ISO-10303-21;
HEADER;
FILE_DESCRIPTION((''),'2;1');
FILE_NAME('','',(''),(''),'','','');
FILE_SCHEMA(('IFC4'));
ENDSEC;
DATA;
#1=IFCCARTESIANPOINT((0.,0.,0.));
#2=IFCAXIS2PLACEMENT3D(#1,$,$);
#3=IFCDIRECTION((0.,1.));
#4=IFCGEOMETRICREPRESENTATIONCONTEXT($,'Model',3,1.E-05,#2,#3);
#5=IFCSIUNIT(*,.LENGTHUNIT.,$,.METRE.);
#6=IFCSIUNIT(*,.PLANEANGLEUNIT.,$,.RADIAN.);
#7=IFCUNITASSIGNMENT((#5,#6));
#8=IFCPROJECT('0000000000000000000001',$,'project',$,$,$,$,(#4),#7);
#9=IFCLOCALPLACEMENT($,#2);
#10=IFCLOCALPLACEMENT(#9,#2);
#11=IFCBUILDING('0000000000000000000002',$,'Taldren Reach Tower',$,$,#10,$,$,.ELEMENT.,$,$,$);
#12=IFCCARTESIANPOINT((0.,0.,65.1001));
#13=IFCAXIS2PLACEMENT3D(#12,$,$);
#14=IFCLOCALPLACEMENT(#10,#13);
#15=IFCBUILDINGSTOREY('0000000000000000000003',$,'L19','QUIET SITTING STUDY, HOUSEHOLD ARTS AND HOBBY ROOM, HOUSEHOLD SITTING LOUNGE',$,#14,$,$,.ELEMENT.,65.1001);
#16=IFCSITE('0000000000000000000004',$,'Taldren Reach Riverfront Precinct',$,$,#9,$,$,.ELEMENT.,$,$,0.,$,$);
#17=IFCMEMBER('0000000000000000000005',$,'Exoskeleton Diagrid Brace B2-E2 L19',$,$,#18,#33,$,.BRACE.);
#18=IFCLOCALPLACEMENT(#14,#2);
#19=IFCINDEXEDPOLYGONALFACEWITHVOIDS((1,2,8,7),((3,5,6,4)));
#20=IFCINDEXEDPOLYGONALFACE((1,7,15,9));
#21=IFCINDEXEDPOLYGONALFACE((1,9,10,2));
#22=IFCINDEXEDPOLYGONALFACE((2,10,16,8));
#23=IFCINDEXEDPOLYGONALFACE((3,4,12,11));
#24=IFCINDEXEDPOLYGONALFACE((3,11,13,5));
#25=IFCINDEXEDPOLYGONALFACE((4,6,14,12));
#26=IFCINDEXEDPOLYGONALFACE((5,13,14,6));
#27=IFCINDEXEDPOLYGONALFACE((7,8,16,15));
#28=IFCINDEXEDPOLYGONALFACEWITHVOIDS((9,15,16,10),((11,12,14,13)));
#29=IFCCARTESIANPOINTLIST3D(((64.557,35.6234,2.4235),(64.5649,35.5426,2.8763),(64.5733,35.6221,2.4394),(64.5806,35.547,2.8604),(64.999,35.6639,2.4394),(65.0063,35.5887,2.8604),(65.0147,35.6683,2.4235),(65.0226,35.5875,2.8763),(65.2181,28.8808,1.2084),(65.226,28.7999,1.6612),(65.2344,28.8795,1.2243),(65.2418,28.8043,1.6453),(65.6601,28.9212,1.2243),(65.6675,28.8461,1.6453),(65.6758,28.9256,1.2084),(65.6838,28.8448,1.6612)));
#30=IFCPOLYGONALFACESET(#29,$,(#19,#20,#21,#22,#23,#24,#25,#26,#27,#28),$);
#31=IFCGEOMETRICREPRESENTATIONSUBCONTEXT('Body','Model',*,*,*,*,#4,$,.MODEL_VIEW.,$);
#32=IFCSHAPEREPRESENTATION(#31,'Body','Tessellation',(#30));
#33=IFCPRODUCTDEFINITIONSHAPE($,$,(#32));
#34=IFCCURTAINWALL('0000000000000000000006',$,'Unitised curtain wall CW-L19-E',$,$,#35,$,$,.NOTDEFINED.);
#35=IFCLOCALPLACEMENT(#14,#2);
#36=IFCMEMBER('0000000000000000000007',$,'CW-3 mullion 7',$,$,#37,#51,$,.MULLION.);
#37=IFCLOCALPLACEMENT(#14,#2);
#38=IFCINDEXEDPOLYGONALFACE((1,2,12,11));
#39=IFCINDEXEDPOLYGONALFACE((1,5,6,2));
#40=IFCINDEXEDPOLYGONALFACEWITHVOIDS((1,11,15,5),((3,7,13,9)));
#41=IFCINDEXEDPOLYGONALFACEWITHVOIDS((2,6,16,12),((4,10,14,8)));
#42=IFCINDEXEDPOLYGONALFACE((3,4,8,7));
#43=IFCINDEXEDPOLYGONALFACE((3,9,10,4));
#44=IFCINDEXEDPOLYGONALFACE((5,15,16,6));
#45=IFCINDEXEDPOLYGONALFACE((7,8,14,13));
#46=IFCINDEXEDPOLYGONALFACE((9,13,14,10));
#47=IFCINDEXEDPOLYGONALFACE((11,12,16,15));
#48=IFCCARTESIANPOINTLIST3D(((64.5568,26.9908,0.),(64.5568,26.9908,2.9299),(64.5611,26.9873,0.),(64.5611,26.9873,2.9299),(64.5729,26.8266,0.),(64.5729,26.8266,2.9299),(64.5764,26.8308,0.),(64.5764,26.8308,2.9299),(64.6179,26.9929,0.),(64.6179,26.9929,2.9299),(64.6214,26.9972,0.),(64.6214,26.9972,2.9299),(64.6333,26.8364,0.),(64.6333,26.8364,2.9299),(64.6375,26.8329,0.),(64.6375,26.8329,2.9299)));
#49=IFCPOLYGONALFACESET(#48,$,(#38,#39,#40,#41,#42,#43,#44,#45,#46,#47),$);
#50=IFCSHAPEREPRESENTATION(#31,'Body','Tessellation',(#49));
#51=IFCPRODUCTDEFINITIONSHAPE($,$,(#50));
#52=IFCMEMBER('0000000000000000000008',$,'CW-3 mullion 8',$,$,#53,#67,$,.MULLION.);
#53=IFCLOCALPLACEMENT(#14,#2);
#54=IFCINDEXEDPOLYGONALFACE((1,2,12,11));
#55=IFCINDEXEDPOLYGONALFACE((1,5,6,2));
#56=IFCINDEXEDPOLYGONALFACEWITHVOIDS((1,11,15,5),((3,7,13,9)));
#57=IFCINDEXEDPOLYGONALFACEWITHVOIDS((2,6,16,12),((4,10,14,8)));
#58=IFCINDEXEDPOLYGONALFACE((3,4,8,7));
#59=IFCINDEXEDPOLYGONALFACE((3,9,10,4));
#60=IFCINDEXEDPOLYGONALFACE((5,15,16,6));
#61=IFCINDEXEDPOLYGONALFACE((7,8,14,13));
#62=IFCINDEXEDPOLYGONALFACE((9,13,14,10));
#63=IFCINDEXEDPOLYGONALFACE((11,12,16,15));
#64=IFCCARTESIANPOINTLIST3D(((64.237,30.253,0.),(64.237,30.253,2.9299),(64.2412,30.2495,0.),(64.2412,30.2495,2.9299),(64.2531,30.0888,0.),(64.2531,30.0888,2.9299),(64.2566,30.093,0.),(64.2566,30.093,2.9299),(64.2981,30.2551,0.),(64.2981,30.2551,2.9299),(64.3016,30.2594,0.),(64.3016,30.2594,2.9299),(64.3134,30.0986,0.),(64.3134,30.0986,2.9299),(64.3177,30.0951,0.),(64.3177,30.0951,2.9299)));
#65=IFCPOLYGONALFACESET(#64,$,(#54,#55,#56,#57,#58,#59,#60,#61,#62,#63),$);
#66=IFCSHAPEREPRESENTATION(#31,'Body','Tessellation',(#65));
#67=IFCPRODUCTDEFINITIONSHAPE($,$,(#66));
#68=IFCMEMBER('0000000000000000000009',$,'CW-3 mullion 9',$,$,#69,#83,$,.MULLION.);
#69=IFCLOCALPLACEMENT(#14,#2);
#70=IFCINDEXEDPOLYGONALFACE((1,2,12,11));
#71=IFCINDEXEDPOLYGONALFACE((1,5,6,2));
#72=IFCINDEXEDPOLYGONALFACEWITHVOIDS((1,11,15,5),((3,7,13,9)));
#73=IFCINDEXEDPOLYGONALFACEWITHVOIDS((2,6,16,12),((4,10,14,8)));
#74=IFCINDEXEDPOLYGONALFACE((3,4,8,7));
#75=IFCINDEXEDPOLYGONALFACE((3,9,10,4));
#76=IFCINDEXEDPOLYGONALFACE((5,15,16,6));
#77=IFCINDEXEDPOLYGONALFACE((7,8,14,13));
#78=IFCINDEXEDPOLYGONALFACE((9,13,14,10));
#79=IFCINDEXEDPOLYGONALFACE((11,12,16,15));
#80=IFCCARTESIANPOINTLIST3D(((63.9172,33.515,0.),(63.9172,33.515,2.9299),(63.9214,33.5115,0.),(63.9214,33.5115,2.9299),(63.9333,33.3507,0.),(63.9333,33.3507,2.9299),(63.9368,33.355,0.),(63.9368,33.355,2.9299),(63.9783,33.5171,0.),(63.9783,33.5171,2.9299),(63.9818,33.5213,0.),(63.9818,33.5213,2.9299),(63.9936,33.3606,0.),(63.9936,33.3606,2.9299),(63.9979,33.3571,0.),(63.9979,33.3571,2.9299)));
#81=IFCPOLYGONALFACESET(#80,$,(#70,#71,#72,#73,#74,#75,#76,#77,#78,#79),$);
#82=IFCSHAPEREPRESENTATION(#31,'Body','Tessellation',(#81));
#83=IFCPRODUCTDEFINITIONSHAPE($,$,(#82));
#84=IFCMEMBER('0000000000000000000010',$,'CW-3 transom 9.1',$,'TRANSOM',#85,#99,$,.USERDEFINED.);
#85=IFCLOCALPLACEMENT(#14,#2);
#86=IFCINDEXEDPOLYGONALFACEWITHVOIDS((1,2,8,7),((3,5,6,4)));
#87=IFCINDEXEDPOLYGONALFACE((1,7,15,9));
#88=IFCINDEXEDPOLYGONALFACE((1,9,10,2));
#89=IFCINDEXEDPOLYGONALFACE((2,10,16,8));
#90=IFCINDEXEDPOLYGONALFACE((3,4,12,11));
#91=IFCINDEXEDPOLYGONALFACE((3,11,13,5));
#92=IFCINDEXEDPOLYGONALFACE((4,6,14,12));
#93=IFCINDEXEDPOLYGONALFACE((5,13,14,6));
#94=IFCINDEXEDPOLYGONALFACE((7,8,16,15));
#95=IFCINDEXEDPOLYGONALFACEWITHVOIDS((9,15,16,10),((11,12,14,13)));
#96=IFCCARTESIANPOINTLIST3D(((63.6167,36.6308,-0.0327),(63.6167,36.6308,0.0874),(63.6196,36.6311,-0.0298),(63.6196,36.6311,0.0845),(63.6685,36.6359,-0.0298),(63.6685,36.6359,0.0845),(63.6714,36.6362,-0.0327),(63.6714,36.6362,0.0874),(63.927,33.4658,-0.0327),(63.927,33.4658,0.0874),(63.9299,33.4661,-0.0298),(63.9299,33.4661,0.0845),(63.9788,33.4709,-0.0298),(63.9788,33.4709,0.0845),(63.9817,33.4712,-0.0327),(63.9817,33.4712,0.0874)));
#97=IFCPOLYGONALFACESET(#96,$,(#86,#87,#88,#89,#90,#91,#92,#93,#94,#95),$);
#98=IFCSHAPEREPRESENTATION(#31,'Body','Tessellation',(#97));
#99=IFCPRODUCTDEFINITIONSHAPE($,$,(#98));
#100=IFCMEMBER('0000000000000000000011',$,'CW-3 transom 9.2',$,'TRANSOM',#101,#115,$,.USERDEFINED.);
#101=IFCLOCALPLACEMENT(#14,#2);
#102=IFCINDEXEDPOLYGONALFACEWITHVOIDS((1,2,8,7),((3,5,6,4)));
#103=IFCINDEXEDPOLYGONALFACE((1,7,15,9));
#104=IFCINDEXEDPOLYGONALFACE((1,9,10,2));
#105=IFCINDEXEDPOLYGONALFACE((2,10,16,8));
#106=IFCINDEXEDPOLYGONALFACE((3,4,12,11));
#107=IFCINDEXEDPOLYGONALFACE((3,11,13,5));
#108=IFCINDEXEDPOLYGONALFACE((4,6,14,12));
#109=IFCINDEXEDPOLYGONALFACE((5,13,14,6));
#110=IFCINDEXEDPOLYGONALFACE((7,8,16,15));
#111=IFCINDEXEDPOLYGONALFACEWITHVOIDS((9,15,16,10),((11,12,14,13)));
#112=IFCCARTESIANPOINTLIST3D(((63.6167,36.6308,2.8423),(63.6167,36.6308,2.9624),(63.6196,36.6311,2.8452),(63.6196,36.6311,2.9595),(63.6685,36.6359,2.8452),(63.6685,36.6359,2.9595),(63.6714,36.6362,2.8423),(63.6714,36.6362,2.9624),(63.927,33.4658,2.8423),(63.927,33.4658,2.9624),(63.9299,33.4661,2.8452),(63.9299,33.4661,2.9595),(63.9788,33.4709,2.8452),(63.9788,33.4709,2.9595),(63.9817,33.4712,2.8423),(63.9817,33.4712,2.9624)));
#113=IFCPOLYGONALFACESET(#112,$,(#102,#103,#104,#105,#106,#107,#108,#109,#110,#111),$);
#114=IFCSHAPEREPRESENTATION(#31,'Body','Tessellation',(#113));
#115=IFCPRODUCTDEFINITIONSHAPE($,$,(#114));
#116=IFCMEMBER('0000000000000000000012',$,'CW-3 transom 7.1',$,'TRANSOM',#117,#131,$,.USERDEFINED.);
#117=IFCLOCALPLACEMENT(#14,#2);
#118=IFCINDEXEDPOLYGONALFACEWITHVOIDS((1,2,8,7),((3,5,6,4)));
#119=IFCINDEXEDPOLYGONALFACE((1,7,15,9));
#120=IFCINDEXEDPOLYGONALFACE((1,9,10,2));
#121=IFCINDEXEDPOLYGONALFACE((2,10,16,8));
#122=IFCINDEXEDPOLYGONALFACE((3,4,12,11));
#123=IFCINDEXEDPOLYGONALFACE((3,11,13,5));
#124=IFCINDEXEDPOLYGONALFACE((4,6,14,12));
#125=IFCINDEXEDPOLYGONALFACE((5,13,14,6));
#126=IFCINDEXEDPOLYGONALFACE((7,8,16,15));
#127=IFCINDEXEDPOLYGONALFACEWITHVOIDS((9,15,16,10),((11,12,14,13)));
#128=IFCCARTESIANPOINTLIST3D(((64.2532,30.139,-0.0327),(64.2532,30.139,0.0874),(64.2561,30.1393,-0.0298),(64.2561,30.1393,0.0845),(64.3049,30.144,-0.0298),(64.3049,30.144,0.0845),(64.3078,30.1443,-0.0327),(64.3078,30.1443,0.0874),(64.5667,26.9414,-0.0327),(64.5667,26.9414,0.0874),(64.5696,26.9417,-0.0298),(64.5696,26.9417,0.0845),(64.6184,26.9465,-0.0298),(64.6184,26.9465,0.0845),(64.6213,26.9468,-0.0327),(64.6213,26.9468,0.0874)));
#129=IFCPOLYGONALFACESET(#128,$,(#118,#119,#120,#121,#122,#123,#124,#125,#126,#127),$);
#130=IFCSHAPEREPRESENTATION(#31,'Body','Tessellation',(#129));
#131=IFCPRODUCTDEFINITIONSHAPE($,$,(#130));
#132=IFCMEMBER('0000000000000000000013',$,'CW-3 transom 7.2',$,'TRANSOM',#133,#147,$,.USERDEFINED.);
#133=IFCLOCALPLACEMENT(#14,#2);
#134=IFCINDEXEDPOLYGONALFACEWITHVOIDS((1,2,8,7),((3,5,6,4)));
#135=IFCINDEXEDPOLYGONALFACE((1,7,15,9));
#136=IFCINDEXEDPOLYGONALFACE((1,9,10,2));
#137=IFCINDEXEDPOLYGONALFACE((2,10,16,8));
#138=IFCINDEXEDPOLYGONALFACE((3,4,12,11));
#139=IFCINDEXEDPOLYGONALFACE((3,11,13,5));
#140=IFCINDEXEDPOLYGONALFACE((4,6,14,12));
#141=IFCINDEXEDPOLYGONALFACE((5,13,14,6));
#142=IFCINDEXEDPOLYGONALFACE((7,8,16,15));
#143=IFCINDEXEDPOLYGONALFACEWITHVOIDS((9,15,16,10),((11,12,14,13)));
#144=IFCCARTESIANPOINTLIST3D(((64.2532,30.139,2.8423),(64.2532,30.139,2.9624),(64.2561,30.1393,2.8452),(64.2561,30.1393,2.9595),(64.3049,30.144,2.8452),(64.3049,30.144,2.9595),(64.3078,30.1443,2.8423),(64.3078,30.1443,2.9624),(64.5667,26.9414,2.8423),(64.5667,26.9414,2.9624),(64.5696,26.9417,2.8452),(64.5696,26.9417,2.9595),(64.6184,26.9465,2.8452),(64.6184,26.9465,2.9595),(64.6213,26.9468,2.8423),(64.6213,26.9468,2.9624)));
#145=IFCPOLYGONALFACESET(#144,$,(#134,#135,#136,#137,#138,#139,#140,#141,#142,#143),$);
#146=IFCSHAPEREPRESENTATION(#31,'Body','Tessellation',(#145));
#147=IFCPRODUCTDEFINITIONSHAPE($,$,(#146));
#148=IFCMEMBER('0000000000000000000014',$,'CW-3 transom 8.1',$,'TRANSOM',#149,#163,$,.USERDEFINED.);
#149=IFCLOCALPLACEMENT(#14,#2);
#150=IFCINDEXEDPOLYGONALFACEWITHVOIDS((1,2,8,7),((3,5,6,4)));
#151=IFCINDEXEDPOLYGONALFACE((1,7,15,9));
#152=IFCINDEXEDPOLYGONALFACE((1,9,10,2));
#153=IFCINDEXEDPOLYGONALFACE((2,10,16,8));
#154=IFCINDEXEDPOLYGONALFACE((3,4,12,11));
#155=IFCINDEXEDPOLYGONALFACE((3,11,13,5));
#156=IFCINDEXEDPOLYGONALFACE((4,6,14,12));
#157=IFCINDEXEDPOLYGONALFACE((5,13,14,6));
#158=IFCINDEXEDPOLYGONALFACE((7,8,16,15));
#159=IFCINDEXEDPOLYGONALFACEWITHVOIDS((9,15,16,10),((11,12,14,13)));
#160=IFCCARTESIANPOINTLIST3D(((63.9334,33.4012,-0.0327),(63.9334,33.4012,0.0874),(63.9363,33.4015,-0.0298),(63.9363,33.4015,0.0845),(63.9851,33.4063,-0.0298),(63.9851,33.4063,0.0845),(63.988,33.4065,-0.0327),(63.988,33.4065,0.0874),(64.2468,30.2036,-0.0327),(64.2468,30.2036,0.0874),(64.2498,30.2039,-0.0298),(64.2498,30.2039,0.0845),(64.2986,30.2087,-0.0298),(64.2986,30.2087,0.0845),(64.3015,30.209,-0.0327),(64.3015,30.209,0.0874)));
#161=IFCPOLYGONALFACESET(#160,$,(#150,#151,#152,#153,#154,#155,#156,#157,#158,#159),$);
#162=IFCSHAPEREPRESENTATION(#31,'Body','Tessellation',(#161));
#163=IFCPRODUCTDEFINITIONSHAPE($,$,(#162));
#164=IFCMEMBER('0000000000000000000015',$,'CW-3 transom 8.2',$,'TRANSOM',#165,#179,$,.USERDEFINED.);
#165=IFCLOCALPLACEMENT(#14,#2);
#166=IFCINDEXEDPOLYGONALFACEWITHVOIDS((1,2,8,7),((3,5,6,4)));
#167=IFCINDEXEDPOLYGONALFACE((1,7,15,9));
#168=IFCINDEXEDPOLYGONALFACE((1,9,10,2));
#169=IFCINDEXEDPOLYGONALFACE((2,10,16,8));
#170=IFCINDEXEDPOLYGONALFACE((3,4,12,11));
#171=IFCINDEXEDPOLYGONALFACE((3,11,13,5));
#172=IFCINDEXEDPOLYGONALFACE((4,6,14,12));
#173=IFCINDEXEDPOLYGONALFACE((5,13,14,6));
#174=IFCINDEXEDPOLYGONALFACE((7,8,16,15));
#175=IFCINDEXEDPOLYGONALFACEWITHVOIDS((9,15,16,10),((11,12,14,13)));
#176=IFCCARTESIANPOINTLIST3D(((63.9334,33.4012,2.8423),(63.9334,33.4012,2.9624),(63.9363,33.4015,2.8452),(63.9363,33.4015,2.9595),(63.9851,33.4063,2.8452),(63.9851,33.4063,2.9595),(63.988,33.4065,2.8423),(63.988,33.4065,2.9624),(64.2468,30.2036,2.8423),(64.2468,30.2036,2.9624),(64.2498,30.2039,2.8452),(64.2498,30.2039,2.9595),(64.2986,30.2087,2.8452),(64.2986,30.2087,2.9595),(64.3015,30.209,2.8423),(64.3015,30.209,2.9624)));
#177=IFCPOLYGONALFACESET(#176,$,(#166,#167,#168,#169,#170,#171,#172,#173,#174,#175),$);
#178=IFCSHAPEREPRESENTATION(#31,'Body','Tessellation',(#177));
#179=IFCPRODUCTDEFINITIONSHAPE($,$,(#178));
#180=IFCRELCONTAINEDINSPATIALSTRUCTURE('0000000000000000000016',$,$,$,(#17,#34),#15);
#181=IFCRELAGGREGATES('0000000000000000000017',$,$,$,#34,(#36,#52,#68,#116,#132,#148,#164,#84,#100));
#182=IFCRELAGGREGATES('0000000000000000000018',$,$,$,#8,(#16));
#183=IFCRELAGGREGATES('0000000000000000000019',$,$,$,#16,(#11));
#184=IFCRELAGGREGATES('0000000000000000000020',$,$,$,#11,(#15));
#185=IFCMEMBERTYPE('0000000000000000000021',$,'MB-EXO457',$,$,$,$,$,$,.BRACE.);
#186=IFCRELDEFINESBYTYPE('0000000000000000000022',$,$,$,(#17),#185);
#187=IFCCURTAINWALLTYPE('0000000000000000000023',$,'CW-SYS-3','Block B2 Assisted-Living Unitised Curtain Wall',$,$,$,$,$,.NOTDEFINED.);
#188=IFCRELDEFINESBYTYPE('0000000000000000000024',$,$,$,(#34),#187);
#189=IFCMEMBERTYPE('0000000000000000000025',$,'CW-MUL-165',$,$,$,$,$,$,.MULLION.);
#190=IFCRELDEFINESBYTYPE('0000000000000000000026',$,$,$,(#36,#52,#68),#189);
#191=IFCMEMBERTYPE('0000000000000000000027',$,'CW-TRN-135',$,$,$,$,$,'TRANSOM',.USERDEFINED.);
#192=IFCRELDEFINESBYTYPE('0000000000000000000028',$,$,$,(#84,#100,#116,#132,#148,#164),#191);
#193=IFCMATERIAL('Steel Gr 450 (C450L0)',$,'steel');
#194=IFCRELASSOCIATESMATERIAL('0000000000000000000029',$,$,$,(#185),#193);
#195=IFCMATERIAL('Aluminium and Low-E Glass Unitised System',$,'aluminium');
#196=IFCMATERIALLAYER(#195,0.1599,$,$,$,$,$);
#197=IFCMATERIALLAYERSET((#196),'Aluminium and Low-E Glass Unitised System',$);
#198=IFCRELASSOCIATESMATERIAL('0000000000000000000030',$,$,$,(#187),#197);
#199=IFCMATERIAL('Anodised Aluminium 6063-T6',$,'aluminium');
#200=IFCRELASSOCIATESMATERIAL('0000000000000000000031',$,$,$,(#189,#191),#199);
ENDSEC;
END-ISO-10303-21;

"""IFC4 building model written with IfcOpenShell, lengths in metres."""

from ifc_helpers import new_model, si_unit, direction, frame, origin, origin_2d, place, context, subcontext, project, spatial, hollow_rectangle, extrude, source, transform, mapped, material, layer, layer_set, material_profile, profile_set, type_object, element, aggregate, save


model = new_model("IFC4")

# Units and contexts
model_context = context("Model", 3, precision=1e-05, world=origin(), true_north=direction((0.0, 1.0)))
body_context = subcontext(model_context, "Body", "Model", "MODEL_VIEW")
ifc_project = project(units=[si_unit("LENGTHUNIT", "METRE"), si_unit("PLANEANGLEUNIT", "RADIAN")], contexts=[model_context])

# Site, building, storey
site_placement = place(None, origin())
site = spatial("IfcSite", under=ifc_project, at=site_placement, Name="Taldren Reach Riverfront Precinct", CompositionType="ELEMENT", RefElevation=0.0)
building_placement = place(site_placement, origin())
building = spatial("IfcBuilding", under=site, at=building_placement, Name="Taldren Reach Tower", CompositionType="ELEMENT")
storey_placement = place(building_placement, frame((0.0, 0.0, 65.1001)))
storey = spatial("IfcBuildingStorey", under=building, at=storey_placement, Name="L19", Description="QUIET SITTING STUDY, HOUSEHOLD ARTS AND HOBBY ROOM, HOUSEHOLD SITTING LOUNGE", CompositionType="ELEMENT", Elevation=65.1001)

# Member
ifc_material_1 = material(Name="Steel Gr 450 (C450L0)", Category="steel")
ifc_material_profile_1 = material_profile(ifc_material_1, hollow_rectangle(XDim=0.46, YDim=0.46, WallThickness=0.0161, at=origin_2d()), Name="460x460x16.0SHS")
ifc_profile_set_1 = profile_set([ifc_material_profile_1], Name="Steel Gr 450 (C450L0)")
member_type_1 = type_object("IfcMemberType", Name="MB-EXO457", PredefinedType="BRACE", material=ifc_profile_set_1)
shared_shape_1 = source(origin(), body_context, "Body", "SweptSolid", [
    extrude(hollow_rectangle(XDim=0.46, YDim=0.46, WallThickness=0.0161, at=origin_2d()), origin(), (0.0, 0.0, 1.0), 6.8831),
])
member_1_placement = place(storey_placement, frame((65.4509, 28.8628, 1.4348), z_axis=(-0.096051, 0.979597, 0.176532), x_axis=(-0.995227, -0.097584, 0.0)))
element("IfcMember", 1, at=member_1_placement, inside=storey, type_object=member_type_1, Name="Exoskeleton Diagrid Brace B2-E2 L19", PredefinedType="BRACE", context=body_context, shape_type="MappedRepresentation", body=[
    mapped(shared_shape_1, transform((0.0, 0.0, 0.0), scale=1.0)),
])

# Curtain wall, members
ifc_material_2 = material(Name="Aluminium and Low-E Glass Unitised System", Category="aluminium")
ifc_layer_1 = layer(ifc_material_2, 0.1599)
ifc_layer_set_1 = layer_set([ifc_layer_1], Name="Aluminium and Low-E Glass Unitised System")
curtain_wall_type = type_object("IfcCurtainWallType", Name="CW-SYS-3", Description="Block B2 Assisted-Living Unitised Curtain Wall", PredefinedType="NOTDEFINED", material=ifc_layer_set_1)
curtain_wall_placement = place(storey_placement, origin())
curtain_wall = element("IfcCurtainWall", 2, at=curtain_wall_placement, inside=storey, type_object=curtain_wall_type, Name="Unitised curtain wall CW-L19-E", PredefinedType="NOTDEFINED")
ifc_material_3 = material(Name="Anodised Aluminium 6063-T6", Category="aluminium")
ifc_material_profile_2 = material_profile(ifc_material_3, hollow_rectangle(XDim=0.0649, YDim=0.165, WallThickness=0.0039, at=origin_2d()), Name="ALU-165x65x4RHS")
ifc_profile_set_2 = profile_set([ifc_material_profile_2], Name="Anodised Aluminium 6063-T6")
member_type_2 = type_object("IfcMemberType", Name="CW-MUL-165", PredefinedType="MULLION", material=ifc_profile_set_2)
shared_shape_2 = source(origin(), body_context, "Body", "SweptSolid", [
    extrude(hollow_rectangle(XDim=0.0649, YDim=0.165, WallThickness=0.0039, at=origin_2d()), origin(), (0.0, 0.0, 1.0), 2.9299),
])
member_2_placement = place(storey_placement, frame((64.5972, 26.9119, 0.0), z_axis=(0.0, 0.0, 1.0), x_axis=(-0.995227, -0.097583, 0.0)))
member_2 = element("IfcMember", 3, at=member_2_placement, type_object=member_type_2, Name="CW-3 mullion 7", PredefinedType="MULLION", context=body_context, shape_type="MappedRepresentation", body=[
    mapped(shared_shape_2, transform((0.0, 0.0, 0.0), scale=1.0)),
])
member_3_placement = place(storey_placement, frame((64.2773, 30.1741, 0.0), z_axis=(0.0, 0.0, 1.0), x_axis=(-0.995227, -0.097583, 0.0)))
member_3 = element("IfcMember", 4, at=member_3_placement, type_object=member_type_2, Name="CW-3 mullion 8", PredefinedType="MULLION", context=body_context, shape_type="MappedRepresentation", body=[
    mapped(shared_shape_2, transform((0.0, 0.0, 0.0), scale=1.0)),
])
member_4_placement = place(storey_placement, frame((63.9575, 33.436, 0.0), z_axis=(0.0, 0.0, 1.0), x_axis=(-0.995227, -0.097583, 0.0)))
member_4 = element("IfcMember", 5, at=member_4_placement, type_object=member_type_2, Name="CW-3 mullion 9", PredefinedType="MULLION", context=body_context, shape_type="MappedRepresentation", body=[
    mapped(shared_shape_2, transform((0.0, 0.0, 0.0), scale=1.0)),
])
ifc_material_profile_3 = material_profile(ifc_material_3, hollow_rectangle(XDim=0.0549, YDim=0.1201, WallThickness=0.0029, at=origin_2d()), Name="ALU-120x55x3RHS")
ifc_profile_set_3 = profile_set([ifc_material_profile_3], Name="Anodised Aluminium 6063-T6")
member_type_3 = type_object("IfcMemberType", Name="CW-TRN-135", ElementType="TRANSOM", PredefinedType="USERDEFINED", material=ifc_profile_set_3)
shared_shape_3 = source(origin(), body_context, "Body", "SweptSolid", [
    extrude(hollow_rectangle(XDim=0.0549, YDim=0.1201, WallThickness=0.0029, at=origin_2d()), origin(), (0.0, 0.0, 1.0), 3.1802),
])
member_5_placement = place(storey_placement, frame((63.9543, 33.4685, 0.0273), z_axis=(-0.097573, 0.995228, 0.0), x_axis=(-0.995228, -0.097573, 0.0)))
member_5 = element("IfcMember", 6, at=member_5_placement, type_object=member_type_3, Name="CW-3 transom 9.1", ObjectType="TRANSOM", PredefinedType="USERDEFINED", context=body_context, shape_type="MappedRepresentation", body=[
    mapped(shared_shape_3, transform((0.0, 0.0, 0.0), scale=1.0)),
])
member_6_placement = place(storey_placement, frame((63.9543, 33.4685, 2.9023), z_axis=(-0.097573, 0.995228, 0.0), x_axis=(-0.995228, -0.097573, 0.0)))
member_6 = element("IfcMember", 7, at=member_6_placement, type_object=member_type_3, Name="CW-3 transom 9.2", ObjectType="TRANSOM", PredefinedType="USERDEFINED", context=body_context, shape_type="MappedRepresentation", body=[
    mapped(shared_shape_3, transform((0.0, 0.0, 0.0), scale=1.0)),
])
shared_shape_4 = source(origin(), body_context, "Body", "SweptSolid", [
    extrude(hollow_rectangle(XDim=0.0549, YDim=0.1201, WallThickness=0.0029, at=origin_2d()), origin(), (0.0, 0.0, 1.0), 3.2129),
])
member_7_placement = place(storey_placement, frame((64.594, 26.9441, 0.0273), z_axis=(-0.09757, 0.995229, 0.0), x_axis=(-0.995229, -0.09757, 0.0)))
member_7 = element("IfcMember", 8, at=member_7_placement, type_object=member_type_3, Name="CW-3 transom 7.1", ObjectType="TRANSOM", PredefinedType="USERDEFINED", context=body_context, shape_type="MappedRepresentation", body=[
    mapped(shared_shape_4, transform((0.0, 0.0, 0.0), scale=1.0)),
])
member_8_placement = place(storey_placement, frame((64.594, 26.9441, 2.9023), z_axis=(-0.09757, 0.995229, 0.0), x_axis=(-0.995229, -0.09757, 0.0)))
member_8 = element("IfcMember", 9, at=member_8_placement, type_object=member_type_3, Name="CW-3 transom 7.2", ObjectType="TRANSOM", PredefinedType="USERDEFINED", context=body_context, shape_type="MappedRepresentation", body=[
    mapped(shared_shape_4, transform((0.0, 0.0, 0.0), scale=1.0)),
])
member_9_placement = place(storey_placement, frame((64.2742, 30.2063, 0.0273), z_axis=(-0.09757, 0.995229, 0.0), x_axis=(-0.995229, -0.09757, 0.0)))
member_9 = element("IfcMember", 10, at=member_9_placement, type_object=member_type_3, Name="CW-3 transom 8.1", ObjectType="TRANSOM", PredefinedType="USERDEFINED", context=body_context, shape_type="MappedRepresentation", body=[
    mapped(shared_shape_4, transform((0.0, 0.0, 0.0), scale=1.0)),
])
member_10_placement = place(storey_placement, frame((64.2742, 30.2063, 2.9023), z_axis=(-0.09757, 0.995229, 0.0), x_axis=(-0.995229, -0.09757, 0.0)))
member_10 = element("IfcMember", 11, at=member_10_placement, type_object=member_type_3, Name="CW-3 transom 8.2", ObjectType="TRANSOM", PredefinedType="USERDEFINED", context=body_context, shape_type="MappedRepresentation", body=[
    mapped(shared_shape_4, transform((0.0, 0.0, 0.0), scale=1.0)),
])
aggregate(curtain_wall, [member_2, member_3, member_4, member_7, member_8, member_9, member_10, member_5, member_6])

save(model, "model.ifc")
